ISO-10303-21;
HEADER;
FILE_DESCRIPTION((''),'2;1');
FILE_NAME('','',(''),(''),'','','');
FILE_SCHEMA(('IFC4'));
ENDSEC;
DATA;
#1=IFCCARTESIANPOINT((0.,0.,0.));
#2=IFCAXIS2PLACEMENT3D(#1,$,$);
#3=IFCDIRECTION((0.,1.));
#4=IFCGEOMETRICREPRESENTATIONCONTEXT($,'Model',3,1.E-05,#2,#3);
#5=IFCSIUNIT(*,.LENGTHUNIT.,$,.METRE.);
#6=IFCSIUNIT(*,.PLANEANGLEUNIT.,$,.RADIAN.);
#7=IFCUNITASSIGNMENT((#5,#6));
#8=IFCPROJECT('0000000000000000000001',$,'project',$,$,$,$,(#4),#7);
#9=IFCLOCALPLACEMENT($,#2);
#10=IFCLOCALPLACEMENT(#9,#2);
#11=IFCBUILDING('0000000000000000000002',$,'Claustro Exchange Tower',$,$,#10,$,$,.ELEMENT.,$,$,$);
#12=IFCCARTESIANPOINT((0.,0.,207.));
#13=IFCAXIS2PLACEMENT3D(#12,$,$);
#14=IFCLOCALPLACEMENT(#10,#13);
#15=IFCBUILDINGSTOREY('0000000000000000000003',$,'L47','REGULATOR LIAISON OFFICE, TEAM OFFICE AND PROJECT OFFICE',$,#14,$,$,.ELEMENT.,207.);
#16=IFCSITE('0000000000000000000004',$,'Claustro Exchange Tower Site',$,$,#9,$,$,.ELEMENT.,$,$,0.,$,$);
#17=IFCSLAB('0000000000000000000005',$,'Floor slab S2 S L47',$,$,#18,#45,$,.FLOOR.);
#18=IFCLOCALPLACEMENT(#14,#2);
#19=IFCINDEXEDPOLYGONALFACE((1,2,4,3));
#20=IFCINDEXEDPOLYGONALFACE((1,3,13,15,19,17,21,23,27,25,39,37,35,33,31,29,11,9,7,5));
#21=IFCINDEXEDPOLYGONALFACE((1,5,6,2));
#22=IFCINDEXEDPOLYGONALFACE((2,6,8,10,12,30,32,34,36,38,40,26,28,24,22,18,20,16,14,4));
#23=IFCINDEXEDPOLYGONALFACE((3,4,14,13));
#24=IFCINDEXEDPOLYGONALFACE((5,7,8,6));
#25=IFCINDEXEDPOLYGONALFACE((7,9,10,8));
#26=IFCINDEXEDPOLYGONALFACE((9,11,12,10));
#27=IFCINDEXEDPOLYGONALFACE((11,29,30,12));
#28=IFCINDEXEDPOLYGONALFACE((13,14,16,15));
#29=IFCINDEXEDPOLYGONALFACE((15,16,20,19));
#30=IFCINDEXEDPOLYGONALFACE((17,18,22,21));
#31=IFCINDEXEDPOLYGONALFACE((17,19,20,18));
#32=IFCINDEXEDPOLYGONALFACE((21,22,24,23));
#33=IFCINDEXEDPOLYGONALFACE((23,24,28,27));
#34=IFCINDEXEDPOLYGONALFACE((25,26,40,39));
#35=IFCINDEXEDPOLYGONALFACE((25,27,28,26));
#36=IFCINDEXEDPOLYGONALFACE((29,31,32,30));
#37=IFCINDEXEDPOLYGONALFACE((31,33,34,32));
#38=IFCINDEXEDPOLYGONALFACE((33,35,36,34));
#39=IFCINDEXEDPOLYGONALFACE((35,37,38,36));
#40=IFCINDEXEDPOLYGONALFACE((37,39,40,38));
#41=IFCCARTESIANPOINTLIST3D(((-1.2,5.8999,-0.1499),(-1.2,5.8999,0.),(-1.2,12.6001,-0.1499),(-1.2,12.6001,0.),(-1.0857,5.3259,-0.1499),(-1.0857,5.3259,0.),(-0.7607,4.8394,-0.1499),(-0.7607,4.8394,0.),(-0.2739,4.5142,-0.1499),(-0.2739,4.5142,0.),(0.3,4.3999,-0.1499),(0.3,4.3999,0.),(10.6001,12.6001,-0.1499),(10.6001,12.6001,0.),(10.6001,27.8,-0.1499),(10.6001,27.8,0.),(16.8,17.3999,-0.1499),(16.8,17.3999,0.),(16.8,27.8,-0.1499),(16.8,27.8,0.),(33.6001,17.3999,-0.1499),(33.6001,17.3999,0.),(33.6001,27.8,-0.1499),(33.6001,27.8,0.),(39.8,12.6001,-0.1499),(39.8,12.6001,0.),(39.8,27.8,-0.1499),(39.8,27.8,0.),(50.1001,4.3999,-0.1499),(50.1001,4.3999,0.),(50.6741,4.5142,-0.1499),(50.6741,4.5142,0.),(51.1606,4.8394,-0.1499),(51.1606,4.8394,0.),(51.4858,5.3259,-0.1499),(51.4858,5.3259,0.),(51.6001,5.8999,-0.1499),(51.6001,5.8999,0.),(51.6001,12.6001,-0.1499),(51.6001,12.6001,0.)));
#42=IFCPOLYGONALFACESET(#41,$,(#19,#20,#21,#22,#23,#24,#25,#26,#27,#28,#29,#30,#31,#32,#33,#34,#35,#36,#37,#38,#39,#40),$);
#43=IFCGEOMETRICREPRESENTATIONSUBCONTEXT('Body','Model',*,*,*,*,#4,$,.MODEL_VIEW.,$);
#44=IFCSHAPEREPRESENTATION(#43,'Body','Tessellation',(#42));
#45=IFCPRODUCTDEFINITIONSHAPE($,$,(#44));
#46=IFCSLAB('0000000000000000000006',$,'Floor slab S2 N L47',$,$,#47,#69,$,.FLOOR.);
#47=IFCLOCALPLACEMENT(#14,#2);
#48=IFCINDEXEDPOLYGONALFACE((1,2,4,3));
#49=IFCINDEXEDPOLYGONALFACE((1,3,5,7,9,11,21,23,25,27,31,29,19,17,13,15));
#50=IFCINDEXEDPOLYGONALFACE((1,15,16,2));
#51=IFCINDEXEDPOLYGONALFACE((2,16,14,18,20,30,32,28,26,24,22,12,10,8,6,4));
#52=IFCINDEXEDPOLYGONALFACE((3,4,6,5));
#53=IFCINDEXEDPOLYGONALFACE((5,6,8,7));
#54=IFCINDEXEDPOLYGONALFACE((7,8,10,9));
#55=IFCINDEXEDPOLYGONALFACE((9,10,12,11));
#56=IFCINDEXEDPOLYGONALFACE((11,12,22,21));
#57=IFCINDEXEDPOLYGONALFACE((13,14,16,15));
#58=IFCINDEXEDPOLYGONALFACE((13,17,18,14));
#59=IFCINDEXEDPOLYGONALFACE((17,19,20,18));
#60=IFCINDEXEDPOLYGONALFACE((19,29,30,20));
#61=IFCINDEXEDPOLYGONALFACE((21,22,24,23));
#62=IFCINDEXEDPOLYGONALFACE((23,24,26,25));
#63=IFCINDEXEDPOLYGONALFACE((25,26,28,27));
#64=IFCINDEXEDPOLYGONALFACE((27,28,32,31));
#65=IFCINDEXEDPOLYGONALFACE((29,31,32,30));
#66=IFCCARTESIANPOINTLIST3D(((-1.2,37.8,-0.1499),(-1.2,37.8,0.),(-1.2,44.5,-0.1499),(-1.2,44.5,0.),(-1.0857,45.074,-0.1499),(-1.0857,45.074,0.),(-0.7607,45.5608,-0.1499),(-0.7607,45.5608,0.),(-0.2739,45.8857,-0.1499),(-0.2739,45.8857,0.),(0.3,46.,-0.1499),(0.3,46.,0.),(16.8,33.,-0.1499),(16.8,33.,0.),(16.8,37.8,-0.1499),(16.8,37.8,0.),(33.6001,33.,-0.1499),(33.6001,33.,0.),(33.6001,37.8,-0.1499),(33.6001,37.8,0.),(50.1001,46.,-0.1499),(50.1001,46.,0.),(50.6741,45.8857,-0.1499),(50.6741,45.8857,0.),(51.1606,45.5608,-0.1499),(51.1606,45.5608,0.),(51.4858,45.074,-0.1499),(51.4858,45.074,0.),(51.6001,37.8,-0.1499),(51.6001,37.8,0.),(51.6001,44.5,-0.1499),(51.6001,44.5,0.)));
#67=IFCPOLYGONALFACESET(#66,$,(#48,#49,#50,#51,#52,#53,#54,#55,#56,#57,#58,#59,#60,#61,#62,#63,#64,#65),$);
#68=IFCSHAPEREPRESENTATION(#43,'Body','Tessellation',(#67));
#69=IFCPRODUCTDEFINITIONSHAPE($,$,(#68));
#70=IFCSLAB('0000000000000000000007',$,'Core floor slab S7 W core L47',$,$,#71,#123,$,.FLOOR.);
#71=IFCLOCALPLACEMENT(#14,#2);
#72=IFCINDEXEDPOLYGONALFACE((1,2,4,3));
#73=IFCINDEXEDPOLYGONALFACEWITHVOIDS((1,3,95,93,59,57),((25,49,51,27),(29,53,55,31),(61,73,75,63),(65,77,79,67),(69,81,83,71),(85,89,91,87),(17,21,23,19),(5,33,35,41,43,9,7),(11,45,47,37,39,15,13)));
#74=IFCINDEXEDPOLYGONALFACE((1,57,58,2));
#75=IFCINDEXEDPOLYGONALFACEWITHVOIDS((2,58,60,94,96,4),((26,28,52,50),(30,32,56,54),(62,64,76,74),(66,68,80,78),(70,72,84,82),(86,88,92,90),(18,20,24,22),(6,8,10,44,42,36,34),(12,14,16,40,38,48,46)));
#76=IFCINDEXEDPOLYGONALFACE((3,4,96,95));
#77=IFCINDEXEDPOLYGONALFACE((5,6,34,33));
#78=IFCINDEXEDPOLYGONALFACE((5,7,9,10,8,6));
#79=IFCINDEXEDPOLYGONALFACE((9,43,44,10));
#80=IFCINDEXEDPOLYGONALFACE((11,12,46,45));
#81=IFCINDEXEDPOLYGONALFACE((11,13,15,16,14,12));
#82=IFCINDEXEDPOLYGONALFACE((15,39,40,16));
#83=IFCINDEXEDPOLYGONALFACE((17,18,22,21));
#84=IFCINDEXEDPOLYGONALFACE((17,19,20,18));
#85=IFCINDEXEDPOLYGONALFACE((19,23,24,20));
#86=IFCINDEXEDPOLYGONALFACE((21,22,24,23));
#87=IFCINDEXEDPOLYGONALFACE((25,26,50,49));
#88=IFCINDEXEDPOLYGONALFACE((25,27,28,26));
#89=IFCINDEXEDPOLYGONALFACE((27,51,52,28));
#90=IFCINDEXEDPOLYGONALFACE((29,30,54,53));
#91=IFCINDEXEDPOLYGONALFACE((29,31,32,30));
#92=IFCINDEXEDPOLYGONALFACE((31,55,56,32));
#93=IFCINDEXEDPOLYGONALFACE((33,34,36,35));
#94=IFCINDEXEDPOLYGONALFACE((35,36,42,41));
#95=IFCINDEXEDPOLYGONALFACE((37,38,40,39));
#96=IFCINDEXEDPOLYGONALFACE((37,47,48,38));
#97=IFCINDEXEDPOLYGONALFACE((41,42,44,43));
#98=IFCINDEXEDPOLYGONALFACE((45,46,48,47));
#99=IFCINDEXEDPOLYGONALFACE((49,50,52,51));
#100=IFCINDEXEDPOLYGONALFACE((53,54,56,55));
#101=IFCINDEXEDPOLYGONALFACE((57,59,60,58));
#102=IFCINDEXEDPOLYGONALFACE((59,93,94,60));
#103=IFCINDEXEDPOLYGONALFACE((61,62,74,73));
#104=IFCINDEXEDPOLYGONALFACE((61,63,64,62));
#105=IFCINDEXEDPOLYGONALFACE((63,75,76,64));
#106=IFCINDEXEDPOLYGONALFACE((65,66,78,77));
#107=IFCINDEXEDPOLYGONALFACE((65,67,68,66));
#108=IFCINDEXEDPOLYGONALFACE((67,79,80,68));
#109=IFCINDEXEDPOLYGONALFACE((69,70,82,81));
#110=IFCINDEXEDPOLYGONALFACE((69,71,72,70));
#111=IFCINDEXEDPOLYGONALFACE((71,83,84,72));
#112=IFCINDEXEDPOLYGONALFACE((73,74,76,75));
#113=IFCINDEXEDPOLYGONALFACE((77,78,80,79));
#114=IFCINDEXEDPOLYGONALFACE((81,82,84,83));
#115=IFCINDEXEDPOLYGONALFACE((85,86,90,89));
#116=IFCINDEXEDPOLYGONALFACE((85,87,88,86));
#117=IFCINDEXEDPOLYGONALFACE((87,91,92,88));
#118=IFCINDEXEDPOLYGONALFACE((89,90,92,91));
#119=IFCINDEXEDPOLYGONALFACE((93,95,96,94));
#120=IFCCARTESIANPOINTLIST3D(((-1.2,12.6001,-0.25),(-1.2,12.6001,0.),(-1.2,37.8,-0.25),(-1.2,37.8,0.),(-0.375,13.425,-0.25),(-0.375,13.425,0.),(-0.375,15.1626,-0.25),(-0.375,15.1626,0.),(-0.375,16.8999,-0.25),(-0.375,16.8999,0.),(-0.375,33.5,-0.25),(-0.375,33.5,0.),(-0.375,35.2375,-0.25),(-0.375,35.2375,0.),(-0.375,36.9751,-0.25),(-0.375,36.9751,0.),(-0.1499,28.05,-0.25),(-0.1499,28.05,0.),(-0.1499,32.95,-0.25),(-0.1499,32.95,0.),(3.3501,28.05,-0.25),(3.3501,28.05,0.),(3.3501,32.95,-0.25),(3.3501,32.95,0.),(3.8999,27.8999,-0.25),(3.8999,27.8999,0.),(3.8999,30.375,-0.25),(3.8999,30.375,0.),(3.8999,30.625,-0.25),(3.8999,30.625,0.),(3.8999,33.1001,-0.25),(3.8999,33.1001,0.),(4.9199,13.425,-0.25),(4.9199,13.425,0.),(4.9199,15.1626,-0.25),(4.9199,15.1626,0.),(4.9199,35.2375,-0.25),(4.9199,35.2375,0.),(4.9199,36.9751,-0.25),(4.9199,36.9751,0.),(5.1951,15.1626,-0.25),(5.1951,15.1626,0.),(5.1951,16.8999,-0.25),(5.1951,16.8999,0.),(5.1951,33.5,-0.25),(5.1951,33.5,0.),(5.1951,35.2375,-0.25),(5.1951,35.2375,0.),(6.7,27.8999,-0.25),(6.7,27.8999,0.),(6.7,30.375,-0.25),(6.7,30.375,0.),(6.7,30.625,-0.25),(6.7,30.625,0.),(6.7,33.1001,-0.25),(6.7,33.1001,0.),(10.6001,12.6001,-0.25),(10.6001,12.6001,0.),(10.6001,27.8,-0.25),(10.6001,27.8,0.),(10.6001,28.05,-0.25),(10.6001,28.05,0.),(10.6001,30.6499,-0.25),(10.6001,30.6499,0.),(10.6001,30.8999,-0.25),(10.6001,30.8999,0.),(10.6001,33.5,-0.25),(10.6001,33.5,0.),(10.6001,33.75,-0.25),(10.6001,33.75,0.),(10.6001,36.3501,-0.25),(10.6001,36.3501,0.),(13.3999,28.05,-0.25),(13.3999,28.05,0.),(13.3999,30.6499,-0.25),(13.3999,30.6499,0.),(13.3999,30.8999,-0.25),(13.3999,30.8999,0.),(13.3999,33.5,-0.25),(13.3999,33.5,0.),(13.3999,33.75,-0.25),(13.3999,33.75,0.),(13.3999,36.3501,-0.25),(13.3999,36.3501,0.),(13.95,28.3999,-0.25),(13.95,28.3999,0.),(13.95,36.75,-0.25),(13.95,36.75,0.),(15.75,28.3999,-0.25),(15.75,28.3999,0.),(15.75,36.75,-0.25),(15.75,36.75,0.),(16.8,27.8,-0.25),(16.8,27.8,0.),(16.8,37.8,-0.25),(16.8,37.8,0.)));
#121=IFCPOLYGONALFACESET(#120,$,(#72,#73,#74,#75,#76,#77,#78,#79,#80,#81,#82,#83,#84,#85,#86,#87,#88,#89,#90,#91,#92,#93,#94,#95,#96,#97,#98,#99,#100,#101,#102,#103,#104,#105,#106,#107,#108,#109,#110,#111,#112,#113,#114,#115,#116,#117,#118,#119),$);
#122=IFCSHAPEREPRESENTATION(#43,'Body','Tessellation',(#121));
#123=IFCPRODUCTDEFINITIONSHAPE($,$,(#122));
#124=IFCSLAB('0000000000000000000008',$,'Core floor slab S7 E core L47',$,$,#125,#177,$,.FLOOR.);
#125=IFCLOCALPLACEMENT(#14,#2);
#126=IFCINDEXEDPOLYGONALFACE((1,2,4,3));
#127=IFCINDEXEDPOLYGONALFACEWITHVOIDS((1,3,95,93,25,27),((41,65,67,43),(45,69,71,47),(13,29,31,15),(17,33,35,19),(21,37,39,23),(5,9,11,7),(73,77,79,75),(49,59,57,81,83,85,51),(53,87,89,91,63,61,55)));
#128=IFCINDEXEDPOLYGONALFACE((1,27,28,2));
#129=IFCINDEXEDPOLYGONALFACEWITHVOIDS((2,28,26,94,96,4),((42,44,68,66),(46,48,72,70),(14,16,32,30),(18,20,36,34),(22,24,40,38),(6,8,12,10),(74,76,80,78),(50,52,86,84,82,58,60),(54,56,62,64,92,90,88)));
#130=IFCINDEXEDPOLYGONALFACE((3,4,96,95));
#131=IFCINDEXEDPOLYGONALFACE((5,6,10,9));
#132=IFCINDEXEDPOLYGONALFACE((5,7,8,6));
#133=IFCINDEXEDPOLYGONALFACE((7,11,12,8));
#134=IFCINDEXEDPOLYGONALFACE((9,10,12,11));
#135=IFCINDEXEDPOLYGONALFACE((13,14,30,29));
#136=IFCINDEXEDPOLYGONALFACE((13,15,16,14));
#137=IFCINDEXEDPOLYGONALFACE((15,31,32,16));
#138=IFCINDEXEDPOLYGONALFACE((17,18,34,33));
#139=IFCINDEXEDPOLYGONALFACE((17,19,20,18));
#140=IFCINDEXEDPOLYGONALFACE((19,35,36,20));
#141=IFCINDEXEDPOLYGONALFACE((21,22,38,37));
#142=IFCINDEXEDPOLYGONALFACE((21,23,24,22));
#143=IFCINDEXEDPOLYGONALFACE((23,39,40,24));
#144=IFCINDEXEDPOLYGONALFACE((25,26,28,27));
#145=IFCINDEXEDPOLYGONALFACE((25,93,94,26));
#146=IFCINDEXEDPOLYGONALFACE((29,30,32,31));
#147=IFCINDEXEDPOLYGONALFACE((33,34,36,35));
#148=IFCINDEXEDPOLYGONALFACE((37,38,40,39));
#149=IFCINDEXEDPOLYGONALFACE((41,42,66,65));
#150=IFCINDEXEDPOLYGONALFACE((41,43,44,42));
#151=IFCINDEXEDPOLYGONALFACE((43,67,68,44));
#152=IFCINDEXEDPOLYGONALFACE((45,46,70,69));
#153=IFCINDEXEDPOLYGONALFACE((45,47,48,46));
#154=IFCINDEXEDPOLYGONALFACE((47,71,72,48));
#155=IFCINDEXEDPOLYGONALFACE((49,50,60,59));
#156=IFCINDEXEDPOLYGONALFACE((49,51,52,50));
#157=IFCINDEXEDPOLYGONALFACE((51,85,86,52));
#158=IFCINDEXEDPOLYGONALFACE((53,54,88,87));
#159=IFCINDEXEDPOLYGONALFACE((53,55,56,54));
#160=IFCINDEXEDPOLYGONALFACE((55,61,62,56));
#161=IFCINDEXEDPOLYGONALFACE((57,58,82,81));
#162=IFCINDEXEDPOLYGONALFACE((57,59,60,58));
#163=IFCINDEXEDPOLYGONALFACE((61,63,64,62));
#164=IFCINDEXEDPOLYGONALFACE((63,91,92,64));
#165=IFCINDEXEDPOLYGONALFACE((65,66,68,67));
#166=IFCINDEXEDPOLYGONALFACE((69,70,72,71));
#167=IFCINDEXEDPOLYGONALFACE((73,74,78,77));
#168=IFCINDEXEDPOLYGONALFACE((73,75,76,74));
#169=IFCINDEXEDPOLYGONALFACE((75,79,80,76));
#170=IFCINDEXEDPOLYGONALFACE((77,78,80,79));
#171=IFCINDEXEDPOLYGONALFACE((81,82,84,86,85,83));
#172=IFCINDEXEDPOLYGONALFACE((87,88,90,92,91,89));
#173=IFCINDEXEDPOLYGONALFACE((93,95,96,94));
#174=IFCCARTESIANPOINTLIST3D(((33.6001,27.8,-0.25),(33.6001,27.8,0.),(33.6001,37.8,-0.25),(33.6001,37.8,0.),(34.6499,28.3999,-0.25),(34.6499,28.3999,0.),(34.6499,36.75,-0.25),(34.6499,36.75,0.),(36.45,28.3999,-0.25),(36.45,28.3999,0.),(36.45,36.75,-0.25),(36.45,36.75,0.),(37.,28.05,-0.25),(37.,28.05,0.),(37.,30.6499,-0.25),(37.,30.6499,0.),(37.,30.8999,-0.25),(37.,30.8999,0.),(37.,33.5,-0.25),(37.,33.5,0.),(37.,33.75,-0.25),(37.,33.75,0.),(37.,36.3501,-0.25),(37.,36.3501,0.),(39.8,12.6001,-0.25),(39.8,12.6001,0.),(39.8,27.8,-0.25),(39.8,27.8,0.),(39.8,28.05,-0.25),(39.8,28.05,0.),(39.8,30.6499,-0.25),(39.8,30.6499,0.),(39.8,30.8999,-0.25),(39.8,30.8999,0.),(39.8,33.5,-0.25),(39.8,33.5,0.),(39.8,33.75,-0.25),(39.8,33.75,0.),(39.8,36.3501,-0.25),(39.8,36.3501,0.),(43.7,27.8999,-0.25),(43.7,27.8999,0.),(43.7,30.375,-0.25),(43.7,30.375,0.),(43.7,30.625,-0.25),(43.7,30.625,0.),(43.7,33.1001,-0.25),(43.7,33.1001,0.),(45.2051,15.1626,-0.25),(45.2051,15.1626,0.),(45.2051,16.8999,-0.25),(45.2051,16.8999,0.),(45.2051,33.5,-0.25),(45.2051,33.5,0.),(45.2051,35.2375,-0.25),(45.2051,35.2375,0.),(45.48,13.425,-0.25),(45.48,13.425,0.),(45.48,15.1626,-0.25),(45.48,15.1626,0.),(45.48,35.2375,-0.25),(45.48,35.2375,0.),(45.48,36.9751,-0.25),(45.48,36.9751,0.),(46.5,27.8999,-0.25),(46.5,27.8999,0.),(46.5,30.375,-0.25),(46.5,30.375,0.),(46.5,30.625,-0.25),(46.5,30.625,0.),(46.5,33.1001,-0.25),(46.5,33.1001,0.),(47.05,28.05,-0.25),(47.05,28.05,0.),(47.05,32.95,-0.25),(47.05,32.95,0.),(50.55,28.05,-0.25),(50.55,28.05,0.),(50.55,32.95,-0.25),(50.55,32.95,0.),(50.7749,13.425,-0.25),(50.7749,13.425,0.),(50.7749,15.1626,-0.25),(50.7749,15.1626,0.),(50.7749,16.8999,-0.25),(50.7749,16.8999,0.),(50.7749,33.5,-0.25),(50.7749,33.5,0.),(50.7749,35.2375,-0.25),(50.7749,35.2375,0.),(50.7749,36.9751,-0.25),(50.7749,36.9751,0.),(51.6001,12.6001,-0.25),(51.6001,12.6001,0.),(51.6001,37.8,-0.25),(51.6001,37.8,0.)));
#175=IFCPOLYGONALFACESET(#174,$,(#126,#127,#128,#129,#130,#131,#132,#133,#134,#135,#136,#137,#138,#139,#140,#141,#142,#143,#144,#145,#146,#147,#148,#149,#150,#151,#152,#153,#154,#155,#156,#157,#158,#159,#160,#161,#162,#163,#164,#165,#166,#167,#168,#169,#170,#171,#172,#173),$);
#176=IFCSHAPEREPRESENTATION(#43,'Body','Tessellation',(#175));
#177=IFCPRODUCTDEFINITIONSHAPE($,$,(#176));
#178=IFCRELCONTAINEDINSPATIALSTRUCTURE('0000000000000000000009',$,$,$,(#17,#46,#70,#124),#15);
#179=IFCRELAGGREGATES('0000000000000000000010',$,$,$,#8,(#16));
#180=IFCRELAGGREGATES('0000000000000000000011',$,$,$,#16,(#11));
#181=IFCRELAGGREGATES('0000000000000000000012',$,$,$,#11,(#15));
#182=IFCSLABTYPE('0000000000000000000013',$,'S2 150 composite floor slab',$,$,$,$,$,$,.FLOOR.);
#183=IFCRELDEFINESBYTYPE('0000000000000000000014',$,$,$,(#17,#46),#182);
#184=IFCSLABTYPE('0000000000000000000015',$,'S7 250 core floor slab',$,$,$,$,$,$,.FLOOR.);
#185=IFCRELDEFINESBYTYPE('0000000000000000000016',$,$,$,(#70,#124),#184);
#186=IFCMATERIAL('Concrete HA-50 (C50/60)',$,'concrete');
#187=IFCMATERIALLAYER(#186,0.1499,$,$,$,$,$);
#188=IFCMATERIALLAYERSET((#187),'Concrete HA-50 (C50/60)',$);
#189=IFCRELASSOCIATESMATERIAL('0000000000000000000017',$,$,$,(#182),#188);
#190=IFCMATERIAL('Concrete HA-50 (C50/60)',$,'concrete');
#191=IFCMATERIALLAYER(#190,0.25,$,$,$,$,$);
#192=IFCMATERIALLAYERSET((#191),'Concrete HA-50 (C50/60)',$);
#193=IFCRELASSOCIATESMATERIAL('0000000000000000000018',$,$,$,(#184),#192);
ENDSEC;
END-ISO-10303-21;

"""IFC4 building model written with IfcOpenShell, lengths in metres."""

from ifc_helpers import new_model, si_unit, direction, frame, origin, place, context, subcontext, project, spatial, polyline, outline, extrude, material, layer, layer_set, type_object, element, save


model = new_model("IFC4")

# Units and contexts
model_context = context("Model", 3, precision=1e-05, world=origin(), true_north=direction((0.0, 1.0)))
body_context = subcontext(model_context, "Body", "Model", "MODEL_VIEW")
ifc_project = project(units=[si_unit("LENGTHUNIT", "METRE"), si_unit("PLANEANGLEUNIT", "RADIAN")], contexts=[model_context])

# Site, building, storey
site_placement = place(None, origin())
site = spatial("IfcSite", under=ifc_project, at=site_placement, Name="Claustro Exchange Tower Site", CompositionType="ELEMENT", RefElevation=0.0)
building_placement = place(site_placement, origin())
building = spatial("IfcBuilding", under=site, at=building_placement, Name="Claustro Exchange Tower", CompositionType="ELEMENT")
storey_placement = place(building_placement, frame((0.0, 0.0, 207.0)))
storey = spatial("IfcBuildingStorey", under=building, at=storey_placement, Name="L47", Description="REGULATOR LIAISON OFFICE, TEAM OFFICE AND PROJECT OFFICE", CompositionType="ELEMENT", Elevation=207.0)

# Slabs
ifc_material_1 = material(Name="Concrete HA-50 (C50/60)", Category="concrete")
ifc_layer_1 = layer(ifc_material_1, 0.1499)
ifc_layer_set_1 = layer_set([ifc_layer_1], Name="Concrete HA-50 (C50/60)")
slab_type_1 = type_object("IfcSlabType", Name="S2 150 composite floor slab", PredefinedType="FLOOR", material=ifc_layer_set_1)
slab_1_placement = place(storey_placement, frame((0.0, 0.0, -0.1499)))
element("IfcSlab", 1, at=slab_1_placement, inside=storey, type_object=slab_type_1, Name="Floor slab S2 S L47", PredefinedType="FLOOR", context=body_context, shape_type="SweptSolid", body=[
    extrude(outline(polyline([(-0.2739, 4.5142), (0.3, 4.3999), (50.1001, 4.3999), (50.6741, 4.5142), (51.1606, 4.8394), (51.4858, 5.3259), (51.6001, 5.8999), (51.6001, 12.6001), (39.8, 12.6001), (39.8, 27.8), (33.6001, 27.8), (33.6001, 17.3999), (16.8, 17.3999), (16.8, 27.8), (10.6001, 27.8), (10.6001, 12.6001), (-1.2, 12.6001), (-1.2, 5.8999), (-1.0857, 5.3259), (-0.7607, 4.8394), (-0.2739, 4.5142)])), origin(), (0.0, 0.0, 1.0), 0.1499),
])
slab_2_placement = place(storey_placement, frame((0.0, 0.0, -0.1499)))
element("IfcSlab", 2, at=slab_2_placement, inside=storey, type_object=slab_type_1, Name="Floor slab S2 N L47", PredefinedType="FLOOR", context=body_context, shape_type="SweptSolid", body=[
    extrude(outline(polyline([(16.8, 37.8), (16.8, 33.0), (33.6001, 33.0), (33.6001, 37.8), (51.6001, 37.8), (51.6001, 44.5), (51.4858, 45.074), (51.1606, 45.5608), (50.6741, 45.8857), (50.1001, 46.0), (0.3, 46.0), (-0.2739, 45.8857), (-0.7607, 45.5608), (-1.0857, 45.074), (-1.2, 44.5), (-1.2, 37.8), (16.8, 37.8)])), origin(), (0.0, 0.0, 1.0), 0.1499),
])
ifc_material_2 = material(Name="Concrete HA-50 (C50/60)", Category="concrete")
ifc_layer_2 = layer(ifc_material_2, 0.25)
ifc_layer_set_2 = layer_set([ifc_layer_2], Name="Concrete HA-50 (C50/60)")
slab_type_2 = type_object("IfcSlabType", Name="S7 250 core floor slab", PredefinedType="FLOOR", material=ifc_layer_set_2)
slab_3_placement = place(storey_placement, frame((0.0, 0.0, -0.25)))
element("IfcSlab", 3, at=slab_3_placement, inside=storey, type_object=slab_type_2, Name="Core floor slab S7 W core L47", PredefinedType="FLOOR", context=body_context, shape_type="SweptSolid", body=[
    extrude(outline(polyline([(-1.2, 37.8), (-1.2, 12.6001), (10.6001, 12.6001), (10.6001, 27.8), (16.8, 27.8), (16.8, 37.8), (-1.2, 37.8)]), holes=[polyline([(13.95, 36.75), (15.75, 36.75), (15.75, 28.3999), (13.95, 28.3999), (13.95, 36.75)]), polyline([(10.6001, 30.6499), (13.3999, 30.6499), (13.3999, 28.05), (10.6001, 28.05), (10.6001, 30.6499)]), polyline([(10.6001, 33.5), (13.3999, 33.5), (13.3999, 30.8999), (10.6001, 30.8999), (10.6001, 33.5)]), polyline([(13.3999, 36.3501), (13.3999, 33.75), (10.6001, 33.75), (10.6001, 36.3501), (13.3999, 36.3501)]), polyline([(3.8999, 30.375), (6.7, 30.375), (6.7, 27.8999), (3.8999, 27.8999), (3.8999, 30.375)]), polyline([(3.8999, 33.1001), (6.7, 33.1001), (6.7, 30.625), (3.8999, 30.625), (3.8999, 33.1001)]), polyline([(-0.375, 15.1626), (-0.375, 16.8999), (5.1951, 16.8999), (5.1951, 15.1626), (4.9199, 15.1626), (4.9199, 13.425), (-0.375, 13.425), (-0.375, 15.1626)]), polyline([(-0.375, 35.2375), (-0.375, 36.9751), (4.9199, 36.9751), (4.9199, 35.2375), (5.1951, 35.2375), (5.1951, 33.5), (-0.375, 33.5), (-0.375, 35.2375)]), polyline([(-0.1499, 32.95), (3.3501, 32.95), (3.3501, 28.05), (-0.1499, 28.05), (-0.1499, 32.95)])]), origin(), (0.0, 0.0, 1.0), 0.25),
])
slab_4_placement = place(storey_placement, frame((0.0, 0.0, -0.25)))
element("IfcSlab", 4, at=slab_4_placement, inside=storey, type_object=slab_type_2, Name="Core floor slab S7 E core L47", PredefinedType="FLOOR", context=body_context, shape_type="SweptSolid", body=[
    extrude(outline(polyline([(51.6001, 37.8), (33.6001, 37.8), (33.6001, 27.8), (39.8, 27.8), (39.8, 12.6001), (51.6001, 12.6001), (51.6001, 37.8)]), holes=[polyline([(45.48, 15.1626), (45.2051, 15.1626), (45.2051, 16.8999), (50.7749, 16.8999), (50.7749, 15.1626), (50.7749, 13.425), (45.48, 13.425), (45.48, 15.1626)]), polyline([(45.48, 35.2375), (45.48, 36.9751), (50.7749, 36.9751), (50.7749, 35.2375), (50.7749, 33.5), (45.2051, 33.5), (45.2051, 35.2375), (45.48, 35.2375)]), polyline([(47.05, 32.95), (50.55, 32.95), (50.55, 28.05), (47.05, 28.05), (47.05, 32.95)]), polyline([(43.7, 30.375), (46.5, 30.375), (46.5, 27.8999), (43.7, 27.8999), (43.7, 30.375)]), polyline([(43.7, 33.1001), (46.5, 33.1001), (46.5, 30.625), (43.7, 30.625), (43.7, 33.1001)]), polyline([(37.0, 30.6499), (39.8, 30.6499), (39.8, 28.05), (37.0, 28.05), (37.0, 30.6499)]), polyline([(37.0, 33.5), (39.8, 33.5), (39.8, 30.8999), (37.0, 30.8999), (37.0, 33.5)]), polyline([(39.8, 36.3501), (39.8, 33.75), (37.0, 33.75), (37.0, 36.3501), (39.8, 36.3501)]), polyline([(34.6499, 36.75), (36.45, 36.75), (36.45, 28.3999), (34.6499, 28.3999), (34.6499, 36.75)])]), origin(), (0.0, 0.0, 1.0), 0.25),
])

save(model, "model.ifc")
